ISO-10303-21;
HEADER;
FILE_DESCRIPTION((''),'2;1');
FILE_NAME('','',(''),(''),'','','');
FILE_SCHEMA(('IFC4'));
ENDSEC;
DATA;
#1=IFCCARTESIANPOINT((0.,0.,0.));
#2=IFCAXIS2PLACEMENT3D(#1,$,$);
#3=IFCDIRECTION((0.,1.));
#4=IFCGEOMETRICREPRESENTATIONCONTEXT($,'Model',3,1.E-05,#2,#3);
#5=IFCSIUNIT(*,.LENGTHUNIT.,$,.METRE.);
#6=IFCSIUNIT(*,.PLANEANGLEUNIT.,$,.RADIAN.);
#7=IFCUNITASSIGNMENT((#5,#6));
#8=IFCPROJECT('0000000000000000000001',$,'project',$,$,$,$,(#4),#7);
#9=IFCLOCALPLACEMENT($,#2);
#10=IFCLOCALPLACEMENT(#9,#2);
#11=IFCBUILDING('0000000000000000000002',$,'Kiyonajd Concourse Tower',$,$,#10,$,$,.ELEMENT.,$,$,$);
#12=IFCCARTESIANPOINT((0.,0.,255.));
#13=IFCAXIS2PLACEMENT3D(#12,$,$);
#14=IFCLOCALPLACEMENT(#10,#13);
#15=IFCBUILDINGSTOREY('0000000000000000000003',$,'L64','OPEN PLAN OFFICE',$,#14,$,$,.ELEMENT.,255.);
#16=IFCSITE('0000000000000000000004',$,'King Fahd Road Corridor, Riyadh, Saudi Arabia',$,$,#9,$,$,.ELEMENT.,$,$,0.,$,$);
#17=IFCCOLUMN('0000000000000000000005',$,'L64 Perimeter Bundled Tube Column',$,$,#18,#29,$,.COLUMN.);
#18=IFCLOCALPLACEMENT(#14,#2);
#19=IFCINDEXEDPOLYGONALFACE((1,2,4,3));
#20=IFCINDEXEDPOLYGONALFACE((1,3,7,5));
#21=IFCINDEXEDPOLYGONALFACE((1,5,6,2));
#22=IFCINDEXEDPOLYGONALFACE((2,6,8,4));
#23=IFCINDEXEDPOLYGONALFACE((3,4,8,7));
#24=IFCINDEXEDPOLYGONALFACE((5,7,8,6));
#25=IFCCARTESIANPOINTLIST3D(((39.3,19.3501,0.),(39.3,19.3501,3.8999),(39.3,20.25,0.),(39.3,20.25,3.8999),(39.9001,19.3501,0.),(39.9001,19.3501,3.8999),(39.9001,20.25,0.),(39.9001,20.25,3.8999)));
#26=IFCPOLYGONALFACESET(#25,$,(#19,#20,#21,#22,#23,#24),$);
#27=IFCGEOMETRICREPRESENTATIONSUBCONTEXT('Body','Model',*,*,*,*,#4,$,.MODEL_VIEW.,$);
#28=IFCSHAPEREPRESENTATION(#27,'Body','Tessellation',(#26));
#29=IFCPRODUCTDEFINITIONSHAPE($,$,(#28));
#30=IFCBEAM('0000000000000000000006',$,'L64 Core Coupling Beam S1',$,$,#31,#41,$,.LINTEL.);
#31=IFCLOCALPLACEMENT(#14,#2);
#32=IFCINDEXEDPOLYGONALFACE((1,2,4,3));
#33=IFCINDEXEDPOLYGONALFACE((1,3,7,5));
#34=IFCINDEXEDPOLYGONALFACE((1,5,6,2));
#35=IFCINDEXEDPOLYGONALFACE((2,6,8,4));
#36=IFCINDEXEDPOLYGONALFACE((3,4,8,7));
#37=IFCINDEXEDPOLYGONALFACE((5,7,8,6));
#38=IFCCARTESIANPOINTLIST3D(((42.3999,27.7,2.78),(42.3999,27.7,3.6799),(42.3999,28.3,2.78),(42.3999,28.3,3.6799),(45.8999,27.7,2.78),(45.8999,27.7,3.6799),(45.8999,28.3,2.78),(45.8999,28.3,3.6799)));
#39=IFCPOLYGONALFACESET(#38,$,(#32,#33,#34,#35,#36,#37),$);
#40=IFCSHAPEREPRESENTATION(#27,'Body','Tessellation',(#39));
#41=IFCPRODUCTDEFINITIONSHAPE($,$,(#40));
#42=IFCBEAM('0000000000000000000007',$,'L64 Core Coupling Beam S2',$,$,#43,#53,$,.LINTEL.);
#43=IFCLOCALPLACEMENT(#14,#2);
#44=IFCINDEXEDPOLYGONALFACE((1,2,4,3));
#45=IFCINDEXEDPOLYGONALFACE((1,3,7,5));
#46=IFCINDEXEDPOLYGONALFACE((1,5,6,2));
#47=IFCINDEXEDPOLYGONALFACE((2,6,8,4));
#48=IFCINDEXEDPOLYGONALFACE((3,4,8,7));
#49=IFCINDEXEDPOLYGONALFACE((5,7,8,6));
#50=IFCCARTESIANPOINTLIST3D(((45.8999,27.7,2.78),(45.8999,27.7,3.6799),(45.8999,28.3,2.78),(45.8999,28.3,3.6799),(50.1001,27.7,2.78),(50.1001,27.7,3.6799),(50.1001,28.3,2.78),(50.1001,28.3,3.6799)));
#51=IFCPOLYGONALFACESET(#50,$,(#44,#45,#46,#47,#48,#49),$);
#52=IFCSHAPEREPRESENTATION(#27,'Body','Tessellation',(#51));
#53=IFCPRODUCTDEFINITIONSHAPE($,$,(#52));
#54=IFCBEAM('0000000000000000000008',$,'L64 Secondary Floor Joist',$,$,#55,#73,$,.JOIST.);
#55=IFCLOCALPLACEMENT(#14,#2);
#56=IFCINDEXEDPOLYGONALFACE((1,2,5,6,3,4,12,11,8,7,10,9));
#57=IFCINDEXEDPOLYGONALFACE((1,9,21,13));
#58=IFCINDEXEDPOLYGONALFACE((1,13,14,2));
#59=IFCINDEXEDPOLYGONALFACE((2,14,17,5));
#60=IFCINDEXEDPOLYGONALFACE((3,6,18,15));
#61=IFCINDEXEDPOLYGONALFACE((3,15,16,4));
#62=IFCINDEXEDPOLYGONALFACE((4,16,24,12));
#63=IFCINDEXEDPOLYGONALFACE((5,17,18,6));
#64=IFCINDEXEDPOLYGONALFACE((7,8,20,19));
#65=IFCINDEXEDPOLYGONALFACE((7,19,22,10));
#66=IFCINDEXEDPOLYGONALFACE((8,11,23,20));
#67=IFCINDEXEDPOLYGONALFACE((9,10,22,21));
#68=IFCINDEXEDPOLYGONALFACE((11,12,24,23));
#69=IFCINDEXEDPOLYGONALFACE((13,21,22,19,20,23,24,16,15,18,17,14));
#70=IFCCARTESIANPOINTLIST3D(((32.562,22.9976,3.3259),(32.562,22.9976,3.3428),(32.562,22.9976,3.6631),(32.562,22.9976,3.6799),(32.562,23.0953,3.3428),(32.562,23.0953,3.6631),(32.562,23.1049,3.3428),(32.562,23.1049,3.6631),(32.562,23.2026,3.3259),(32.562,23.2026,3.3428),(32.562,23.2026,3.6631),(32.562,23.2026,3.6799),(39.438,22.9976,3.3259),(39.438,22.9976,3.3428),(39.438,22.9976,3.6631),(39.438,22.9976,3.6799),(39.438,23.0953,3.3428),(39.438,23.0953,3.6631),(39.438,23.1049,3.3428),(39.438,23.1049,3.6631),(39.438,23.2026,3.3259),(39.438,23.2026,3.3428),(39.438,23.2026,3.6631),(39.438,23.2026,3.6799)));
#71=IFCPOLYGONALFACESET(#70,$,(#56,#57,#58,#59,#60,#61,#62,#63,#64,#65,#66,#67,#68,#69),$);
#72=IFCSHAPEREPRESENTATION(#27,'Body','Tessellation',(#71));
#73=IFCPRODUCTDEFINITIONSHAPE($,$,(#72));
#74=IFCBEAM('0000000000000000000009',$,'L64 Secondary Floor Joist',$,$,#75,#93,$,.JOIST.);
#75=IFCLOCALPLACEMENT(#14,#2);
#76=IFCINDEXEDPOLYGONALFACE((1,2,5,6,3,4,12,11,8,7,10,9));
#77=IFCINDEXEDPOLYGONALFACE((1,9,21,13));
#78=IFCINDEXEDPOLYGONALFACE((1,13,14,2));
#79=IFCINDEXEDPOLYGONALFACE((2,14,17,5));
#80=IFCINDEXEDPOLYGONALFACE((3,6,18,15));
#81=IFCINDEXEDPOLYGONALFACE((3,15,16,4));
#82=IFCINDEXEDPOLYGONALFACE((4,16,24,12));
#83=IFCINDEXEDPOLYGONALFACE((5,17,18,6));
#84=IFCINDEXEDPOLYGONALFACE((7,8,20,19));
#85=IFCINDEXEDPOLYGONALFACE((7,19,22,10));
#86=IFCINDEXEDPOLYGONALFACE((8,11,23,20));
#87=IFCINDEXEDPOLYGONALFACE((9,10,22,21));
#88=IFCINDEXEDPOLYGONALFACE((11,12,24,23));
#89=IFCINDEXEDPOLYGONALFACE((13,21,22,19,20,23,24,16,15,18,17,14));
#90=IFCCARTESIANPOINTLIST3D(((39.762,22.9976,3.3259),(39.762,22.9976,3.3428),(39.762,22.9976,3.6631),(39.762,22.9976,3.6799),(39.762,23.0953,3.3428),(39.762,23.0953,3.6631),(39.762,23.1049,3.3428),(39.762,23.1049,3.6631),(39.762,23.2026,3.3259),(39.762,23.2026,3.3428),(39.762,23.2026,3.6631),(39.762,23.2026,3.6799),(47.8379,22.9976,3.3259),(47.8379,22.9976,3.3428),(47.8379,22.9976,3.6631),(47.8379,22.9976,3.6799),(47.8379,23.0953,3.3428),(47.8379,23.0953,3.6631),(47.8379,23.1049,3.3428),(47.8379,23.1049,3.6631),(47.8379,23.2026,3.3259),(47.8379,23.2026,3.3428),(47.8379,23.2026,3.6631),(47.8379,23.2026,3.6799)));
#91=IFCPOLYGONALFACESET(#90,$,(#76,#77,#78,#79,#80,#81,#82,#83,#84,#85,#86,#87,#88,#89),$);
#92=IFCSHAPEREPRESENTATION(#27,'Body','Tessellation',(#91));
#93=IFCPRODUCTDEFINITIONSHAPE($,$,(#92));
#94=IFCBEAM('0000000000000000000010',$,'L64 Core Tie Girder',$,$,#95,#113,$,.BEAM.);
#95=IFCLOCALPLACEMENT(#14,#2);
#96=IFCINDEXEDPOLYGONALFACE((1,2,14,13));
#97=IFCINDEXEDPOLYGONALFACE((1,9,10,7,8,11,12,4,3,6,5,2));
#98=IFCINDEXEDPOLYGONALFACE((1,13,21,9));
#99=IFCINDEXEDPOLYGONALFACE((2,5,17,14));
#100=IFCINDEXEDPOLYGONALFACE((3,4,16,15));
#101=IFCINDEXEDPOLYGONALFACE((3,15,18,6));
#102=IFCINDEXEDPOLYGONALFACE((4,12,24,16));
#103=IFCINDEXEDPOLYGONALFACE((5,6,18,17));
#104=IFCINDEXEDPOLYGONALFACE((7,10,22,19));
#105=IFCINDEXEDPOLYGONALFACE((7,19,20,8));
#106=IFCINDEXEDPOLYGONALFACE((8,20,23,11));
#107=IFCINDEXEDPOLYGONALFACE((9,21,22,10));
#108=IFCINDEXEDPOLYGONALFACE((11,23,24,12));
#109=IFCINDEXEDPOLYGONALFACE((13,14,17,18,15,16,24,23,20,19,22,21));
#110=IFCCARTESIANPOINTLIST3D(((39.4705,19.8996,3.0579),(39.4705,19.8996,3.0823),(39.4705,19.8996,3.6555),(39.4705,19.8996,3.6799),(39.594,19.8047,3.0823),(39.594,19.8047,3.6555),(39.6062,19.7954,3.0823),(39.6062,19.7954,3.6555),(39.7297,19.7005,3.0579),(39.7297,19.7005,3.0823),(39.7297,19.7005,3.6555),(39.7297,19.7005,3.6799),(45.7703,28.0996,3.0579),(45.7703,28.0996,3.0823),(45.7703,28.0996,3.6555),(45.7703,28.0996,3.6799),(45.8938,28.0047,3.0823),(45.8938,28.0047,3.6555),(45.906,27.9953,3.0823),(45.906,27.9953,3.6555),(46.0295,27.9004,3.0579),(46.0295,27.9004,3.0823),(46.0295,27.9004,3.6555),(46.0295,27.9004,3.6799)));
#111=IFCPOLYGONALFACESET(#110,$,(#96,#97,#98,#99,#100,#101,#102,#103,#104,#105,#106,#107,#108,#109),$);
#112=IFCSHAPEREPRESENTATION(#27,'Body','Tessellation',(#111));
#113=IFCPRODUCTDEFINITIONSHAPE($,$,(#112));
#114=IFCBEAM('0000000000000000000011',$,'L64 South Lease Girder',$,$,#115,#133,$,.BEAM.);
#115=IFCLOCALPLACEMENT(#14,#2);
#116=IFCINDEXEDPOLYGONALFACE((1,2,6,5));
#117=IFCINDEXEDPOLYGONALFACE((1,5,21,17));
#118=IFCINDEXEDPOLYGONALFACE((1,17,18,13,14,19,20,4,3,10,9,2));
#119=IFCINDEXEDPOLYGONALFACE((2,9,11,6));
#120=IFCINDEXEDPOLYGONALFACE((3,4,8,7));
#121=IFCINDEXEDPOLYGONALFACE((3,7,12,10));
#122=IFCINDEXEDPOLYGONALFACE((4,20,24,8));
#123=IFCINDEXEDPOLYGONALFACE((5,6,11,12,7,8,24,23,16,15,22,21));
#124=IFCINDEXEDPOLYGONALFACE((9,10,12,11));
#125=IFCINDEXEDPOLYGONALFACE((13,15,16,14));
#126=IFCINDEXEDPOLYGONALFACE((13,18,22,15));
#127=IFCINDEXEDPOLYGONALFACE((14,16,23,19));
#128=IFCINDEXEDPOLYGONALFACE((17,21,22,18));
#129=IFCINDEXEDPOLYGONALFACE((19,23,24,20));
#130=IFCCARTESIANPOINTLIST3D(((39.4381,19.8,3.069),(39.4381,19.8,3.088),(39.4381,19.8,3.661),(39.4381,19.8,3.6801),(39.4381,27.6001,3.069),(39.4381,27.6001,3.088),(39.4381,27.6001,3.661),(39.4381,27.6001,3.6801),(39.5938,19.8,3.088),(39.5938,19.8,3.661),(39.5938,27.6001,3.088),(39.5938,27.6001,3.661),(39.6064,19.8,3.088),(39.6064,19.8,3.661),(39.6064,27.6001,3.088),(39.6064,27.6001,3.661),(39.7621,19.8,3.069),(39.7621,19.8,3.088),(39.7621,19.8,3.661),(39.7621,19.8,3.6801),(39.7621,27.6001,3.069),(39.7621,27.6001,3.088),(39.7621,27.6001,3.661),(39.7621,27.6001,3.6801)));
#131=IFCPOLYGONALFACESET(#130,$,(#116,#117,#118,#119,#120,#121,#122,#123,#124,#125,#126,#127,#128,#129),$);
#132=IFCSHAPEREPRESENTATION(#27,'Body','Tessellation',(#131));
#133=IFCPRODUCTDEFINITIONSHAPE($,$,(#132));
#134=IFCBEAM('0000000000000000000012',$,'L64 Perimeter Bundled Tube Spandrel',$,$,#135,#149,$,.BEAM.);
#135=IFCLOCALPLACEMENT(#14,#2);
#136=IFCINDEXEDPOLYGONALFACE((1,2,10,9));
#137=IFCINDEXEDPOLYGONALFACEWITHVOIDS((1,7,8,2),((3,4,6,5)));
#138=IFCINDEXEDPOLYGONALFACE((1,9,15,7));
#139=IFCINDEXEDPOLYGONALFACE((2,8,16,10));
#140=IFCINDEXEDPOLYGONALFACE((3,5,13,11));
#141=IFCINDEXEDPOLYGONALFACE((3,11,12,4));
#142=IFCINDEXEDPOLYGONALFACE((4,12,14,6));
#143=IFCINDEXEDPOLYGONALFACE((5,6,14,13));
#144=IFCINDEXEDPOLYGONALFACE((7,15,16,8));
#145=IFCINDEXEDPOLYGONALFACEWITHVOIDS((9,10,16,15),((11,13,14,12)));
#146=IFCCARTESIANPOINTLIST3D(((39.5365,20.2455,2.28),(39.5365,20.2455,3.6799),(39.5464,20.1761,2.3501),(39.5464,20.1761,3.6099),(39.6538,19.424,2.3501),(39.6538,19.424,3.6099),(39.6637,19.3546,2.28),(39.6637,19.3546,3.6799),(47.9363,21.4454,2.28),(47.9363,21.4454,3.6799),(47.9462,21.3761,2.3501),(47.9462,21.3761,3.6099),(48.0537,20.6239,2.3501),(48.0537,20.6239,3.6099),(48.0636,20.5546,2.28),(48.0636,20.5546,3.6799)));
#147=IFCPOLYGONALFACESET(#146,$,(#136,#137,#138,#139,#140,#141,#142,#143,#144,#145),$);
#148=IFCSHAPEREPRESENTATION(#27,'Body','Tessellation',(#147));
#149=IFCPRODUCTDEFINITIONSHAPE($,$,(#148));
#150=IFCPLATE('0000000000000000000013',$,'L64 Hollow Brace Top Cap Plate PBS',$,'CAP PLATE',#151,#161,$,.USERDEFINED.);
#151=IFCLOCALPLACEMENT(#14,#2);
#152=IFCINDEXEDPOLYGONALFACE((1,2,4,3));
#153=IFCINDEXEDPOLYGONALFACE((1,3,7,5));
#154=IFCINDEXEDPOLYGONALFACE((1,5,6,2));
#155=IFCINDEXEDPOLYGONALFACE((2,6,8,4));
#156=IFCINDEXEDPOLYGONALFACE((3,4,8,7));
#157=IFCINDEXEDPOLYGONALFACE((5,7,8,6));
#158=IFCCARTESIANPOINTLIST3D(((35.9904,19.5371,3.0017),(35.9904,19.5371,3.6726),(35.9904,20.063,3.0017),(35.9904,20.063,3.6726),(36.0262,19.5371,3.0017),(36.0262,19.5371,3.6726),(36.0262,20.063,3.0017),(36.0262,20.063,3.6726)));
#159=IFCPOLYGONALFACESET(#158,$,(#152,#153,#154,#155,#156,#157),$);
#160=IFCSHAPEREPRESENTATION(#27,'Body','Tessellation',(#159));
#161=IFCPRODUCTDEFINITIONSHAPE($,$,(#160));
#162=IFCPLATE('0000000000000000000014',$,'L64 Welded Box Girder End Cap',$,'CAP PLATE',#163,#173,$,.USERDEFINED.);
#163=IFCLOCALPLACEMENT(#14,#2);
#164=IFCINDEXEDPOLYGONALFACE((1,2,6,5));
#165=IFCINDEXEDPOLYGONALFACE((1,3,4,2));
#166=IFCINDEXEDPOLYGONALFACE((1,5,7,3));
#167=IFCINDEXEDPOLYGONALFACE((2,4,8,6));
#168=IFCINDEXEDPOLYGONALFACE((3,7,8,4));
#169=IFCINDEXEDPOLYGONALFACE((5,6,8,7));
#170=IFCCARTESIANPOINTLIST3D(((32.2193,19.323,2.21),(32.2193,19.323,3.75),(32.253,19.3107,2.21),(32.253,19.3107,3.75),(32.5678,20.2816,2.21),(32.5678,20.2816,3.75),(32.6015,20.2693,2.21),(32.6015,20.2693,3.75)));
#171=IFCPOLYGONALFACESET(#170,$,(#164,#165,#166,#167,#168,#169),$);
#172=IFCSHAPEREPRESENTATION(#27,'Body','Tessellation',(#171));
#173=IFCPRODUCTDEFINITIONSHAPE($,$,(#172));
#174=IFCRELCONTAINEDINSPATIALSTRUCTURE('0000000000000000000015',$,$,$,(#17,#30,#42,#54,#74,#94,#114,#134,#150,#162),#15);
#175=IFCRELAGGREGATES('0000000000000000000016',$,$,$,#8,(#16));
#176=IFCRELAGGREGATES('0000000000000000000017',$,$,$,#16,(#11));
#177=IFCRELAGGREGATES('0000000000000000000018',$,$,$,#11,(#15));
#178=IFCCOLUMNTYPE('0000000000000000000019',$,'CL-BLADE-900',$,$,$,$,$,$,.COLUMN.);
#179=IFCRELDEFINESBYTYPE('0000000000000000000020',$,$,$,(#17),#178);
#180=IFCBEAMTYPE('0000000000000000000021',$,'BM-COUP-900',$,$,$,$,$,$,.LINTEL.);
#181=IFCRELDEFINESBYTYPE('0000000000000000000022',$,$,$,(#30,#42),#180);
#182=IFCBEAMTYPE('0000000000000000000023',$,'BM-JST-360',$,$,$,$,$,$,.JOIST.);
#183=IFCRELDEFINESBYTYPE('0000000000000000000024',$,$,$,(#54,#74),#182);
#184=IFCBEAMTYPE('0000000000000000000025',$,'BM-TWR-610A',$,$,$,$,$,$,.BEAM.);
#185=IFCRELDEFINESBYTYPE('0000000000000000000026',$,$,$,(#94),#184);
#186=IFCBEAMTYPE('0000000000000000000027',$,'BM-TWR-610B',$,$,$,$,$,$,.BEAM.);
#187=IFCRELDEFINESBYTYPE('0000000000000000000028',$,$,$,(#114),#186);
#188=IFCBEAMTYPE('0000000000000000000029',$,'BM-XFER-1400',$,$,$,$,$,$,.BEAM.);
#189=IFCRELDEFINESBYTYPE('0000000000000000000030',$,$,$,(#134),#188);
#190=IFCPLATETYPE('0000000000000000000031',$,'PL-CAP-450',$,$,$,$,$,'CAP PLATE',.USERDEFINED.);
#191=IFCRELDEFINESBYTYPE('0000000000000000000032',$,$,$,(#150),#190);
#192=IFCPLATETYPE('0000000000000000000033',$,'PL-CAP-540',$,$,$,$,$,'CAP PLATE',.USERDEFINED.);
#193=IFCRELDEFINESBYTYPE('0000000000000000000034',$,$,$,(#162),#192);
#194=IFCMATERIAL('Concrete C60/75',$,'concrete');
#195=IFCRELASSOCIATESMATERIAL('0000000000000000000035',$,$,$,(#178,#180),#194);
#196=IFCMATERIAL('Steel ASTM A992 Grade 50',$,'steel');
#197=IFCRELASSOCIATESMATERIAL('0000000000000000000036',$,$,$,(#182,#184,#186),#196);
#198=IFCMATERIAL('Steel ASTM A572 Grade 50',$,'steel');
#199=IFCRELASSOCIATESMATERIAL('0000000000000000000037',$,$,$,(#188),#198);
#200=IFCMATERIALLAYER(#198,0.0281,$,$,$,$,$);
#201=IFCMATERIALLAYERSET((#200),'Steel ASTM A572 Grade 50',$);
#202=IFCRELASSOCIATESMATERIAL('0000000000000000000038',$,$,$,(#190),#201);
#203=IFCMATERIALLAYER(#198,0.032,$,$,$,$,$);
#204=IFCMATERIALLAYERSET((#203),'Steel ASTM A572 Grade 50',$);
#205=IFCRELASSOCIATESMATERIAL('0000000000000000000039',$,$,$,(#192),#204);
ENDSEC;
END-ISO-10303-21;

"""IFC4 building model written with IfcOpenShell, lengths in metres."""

from ifc_helpers import new_model, si_unit, direction, frame, origin, origin_2d, place, context, subcontext, project, spatial, rectangle, hollow_rectangle, i_section, extrude, material, layer, layer_set, material_profile, profile_set, type_object, element, save


model = new_model("IFC4")

# Units and contexts
model_context = context("Model", 3, precision=1e-05, world=origin(), true_north=direction((0.0, 1.0)))
body_context = subcontext(model_context, "Body", "Model", "MODEL_VIEW")
ifc_project = project(units=[si_unit("LENGTHUNIT", "METRE"), si_unit("PLANEANGLEUNIT", "RADIAN")], contexts=[model_context])

# Site, building, storey
site_placement = place(None, origin())
site = spatial("IfcSite", under=ifc_project, at=site_placement, Name="King Fahd Road Corridor, Riyadh, Saudi Arabia", CompositionType="ELEMENT", RefElevation=0.0)
building_placement = place(site_placement, origin())
building = spatial("IfcBuilding", under=site, at=building_placement, Name="Kiyonajd Concourse Tower", CompositionType="ELEMENT")
storey_placement = place(building_placement, frame((0.0, 0.0, 255.0)))
storey = spatial("IfcBuildingStorey", under=building, at=storey_placement, Name="L64", Description="OPEN PLAN OFFICE", CompositionType="ELEMENT", Elevation=255.0)

# Column
ifc_material_1 = material(Name="Concrete C60/75", Category="concrete")
ifc_material_profile_1 = material_profile(ifc_material_1, rectangle(XDim=0.6001, YDim=0.8999, at=origin_2d()), Name="RC-900x600")
ifc_profile_set_1 = profile_set([ifc_material_profile_1], Name="Concrete C60/75")
column_type = type_object("IfcColumnType", Name="CL-BLADE-900", PredefinedType="COLUMN", material=ifc_profile_set_1)
column_placement = place(storey_placement, frame((39.6001, 19.8, 0.0), z_axis=(0.0, 0.0, 1.0), x_axis=(1.0, 0.0, 0.0)))
element("IfcColumn", 1, at=column_placement, inside=storey, type_object=column_type, Name="L64 Perimeter Bundled Tube Column", PredefinedType="COLUMN", context=body_context, shape_type="SweptSolid", body=[
    extrude(rectangle(XDim=0.6001, YDim=0.8999, at=origin_2d()), origin(), (0.0, 0.0, 1.0), 3.8999),
])

# Beams
ifc_material_profile_2 = material_profile(ifc_material_1, rectangle(XDim=0.6001, YDim=0.8999, at=origin_2d()), Name="RCBM-600x900")
ifc_profile_set_2 = profile_set([ifc_material_profile_2], Name="Concrete C60/75")
beam_type_1 = type_object("IfcBeamType", Name="BM-COUP-900", PredefinedType="LINTEL", material=ifc_profile_set_2)
beam_1_placement = place(storey_placement, frame((42.3999, 28.0, 3.23), z_axis=(1.0, 0.0, 0.0), x_axis=(0.0, 1.0, 0.0)))
element("IfcBeam", 2, at=beam_1_placement, inside=storey, type_object=beam_type_1, Name="L64 Core Coupling Beam S1", PredefinedType="LINTEL", context=body_context, shape_type="SweptSolid", body=[
    extrude(rectangle(XDim=0.6001, YDim=0.8999, at=origin_2d()), origin(), (0.0, 0.0, 1.0), 3.5),
])
beam_2_placement = place(storey_placement, frame((45.8999, 28.0, 3.23), z_axis=(1.0, 0.0, 0.0), x_axis=(0.0, 1.0, 0.0)))
element("IfcBeam", 3, at=beam_2_placement, inside=storey, type_object=beam_type_1, Name="L64 Core Coupling Beam S2", PredefinedType="LINTEL", context=body_context, shape_type="SweptSolid", body=[
    extrude(rectangle(XDim=0.6001, YDim=0.8999, at=origin_2d()), origin(), (0.0, 0.0, 1.0), 4.2002),
])
ifc_material_2 = material(Name="Steel ASTM A992 Grade 50", Category="steel")
ifc_material_profile_3 = material_profile(ifc_material_2, i_section(OverallWidth=0.2051, OverallDepth=0.354, WebThickness=0.0095, FlangeThickness=0.0168, at=origin_2d()), Name="W360X79")
ifc_profile_set_3 = profile_set([ifc_material_profile_3], Name="Steel ASTM A992 Grade 50")
beam_type_2 = type_object("IfcBeamType", Name="BM-JST-360", PredefinedType="JOIST", material=ifc_profile_set_3)
beam_3_placement = place(storey_placement, frame((32.562, 23.1001, 3.5029), z_axis=(1.0, 0.0, 0.0), x_axis=(0.0, 1.0, 0.0)))
element("IfcBeam", 4, at=beam_3_placement, inside=storey, type_object=beam_type_2, Name="L64 Secondary Floor Joist", PredefinedType="JOIST", context=body_context, shape_type="SweptSolid", body=[
    extrude(i_section(OverallWidth=0.2051, OverallDepth=0.354, WebThickness=0.0095, FlangeThickness=0.0168, at=origin_2d()), origin(), (0.0, 0.0, 1.0), 6.876),
])
beam_4_placement = place(storey_placement, frame((39.762, 23.1001, 3.5029), z_axis=(1.0, 0.0, 0.0), x_axis=(0.0, 1.0, 0.0)))
element("IfcBeam", 5, at=beam_4_placement, inside=storey, type_object=beam_type_2, Name="L64 Secondary Floor Joist", PredefinedType="JOIST", context=body_context, shape_type="SweptSolid", body=[
    extrude(i_section(OverallWidth=0.2051, OverallDepth=0.354, WebThickness=0.0095, FlangeThickness=0.0168, at=origin_2d()), origin(), (0.0, 0.0, 1.0), 8.0759),
])
ifc_material_profile_4 = material_profile(ifc_material_2, i_section(OverallWidth=0.3269, OverallDepth=0.6221, WebThickness=0.0154, FlangeThickness=0.0244, at=origin_2d()), Name="W610X195")
ifc_profile_set_4 = profile_set([ifc_material_profile_4], Name="Steel ASTM A992 Grade 50")
beam_type_3 = type_object("IfcBeamType", Name="BM-TWR-610A", PredefinedType="BEAM", material=ifc_profile_set_4)
beam_5_placement = place(storey_placement, frame((39.6001, 19.8, 3.3689), z_axis=(0.609234, 0.792991, 0.0), x_axis=(-0.792991, 0.609234, 0.0)))
element("IfcBeam", 6, at=beam_5_placement, inside=storey, type_object=beam_type_3, Name="L64 Core Tie Girder", PredefinedType="BEAM", context=body_context, shape_type="SweptSolid", body=[
    extrude(i_section(OverallWidth=0.3269, OverallDepth=0.6221, WebThickness=0.0154, FlangeThickness=0.0244, at=origin_2d()), origin(), (0.0, 0.0, 1.0), 10.3406),
])
ifc_material_profile_5 = material_profile(ifc_material_2, i_section(OverallWidth=0.324, OverallDepth=0.6111, WebThickness=0.0127, FlangeThickness=0.019, at=origin_2d()), Name="W610X155")
ifc_profile_set_5 = profile_set([ifc_material_profile_5], Name="Steel ASTM A992 Grade 50")
beam_type_4 = type_object("IfcBeamType", Name="BM-TWR-610B", PredefinedType="BEAM", material=ifc_profile_set_5)
beam_6_placement = place(storey_placement, frame((39.6001, 19.8, 3.3745), z_axis=(0.0, 1.0, 0.0), x_axis=(-1.0, 0.0, 0.0)))
element("IfcBeam", 7, at=beam_6_placement, inside=storey, type_object=beam_type_4, Name="L64 South Lease Girder", PredefinedType="BEAM", context=body_context, shape_type="SweptSolid", body=[
    extrude(i_section(OverallWidth=0.324, OverallDepth=0.6111, WebThickness=0.0127, FlangeThickness=0.019, at=origin_2d()), origin(), (0.0, 0.0, 1.0), 7.8),
])
ifc_material_3 = material(Name="Steel ASTM A572 Grade 50", Category="steel")
ifc_material_profile_6 = material_profile(ifc_material_3, hollow_rectangle(XDim=0.8999, YDim=1.3999, WallThickness=0.0701, at=origin_2d()), Name="BOX-1400x900x70")
ifc_profile_set_6 = profile_set([ifc_material_profile_6], Name="Steel ASTM A572 Grade 50")
beam_type_5 = type_object("IfcBeamType", Name="BM-XFER-1400", PredefinedType="BEAM", material=ifc_profile_set_6)
beam_7_placement = place(storey_placement, frame((39.6001, 19.8, 2.98), z_axis=(0.98995, 0.141417, 0.0), x_axis=(-0.141417, 0.98995, 0.0)))
element("IfcBeam", 8, at=beam_7_placement, inside=storey, type_object=beam_type_5, Name="L64 Perimeter Bundled Tube Spandrel", PredefinedType="BEAM", context=body_context, shape_type="SweptSolid", body=[
    extrude(hollow_rectangle(XDim=0.8999, YDim=1.3999, WallThickness=0.0701, at=origin_2d()), origin(), (0.0, 0.0, 1.0), 8.4851),
])

# Plates
ifc_layer_1 = layer(ifc_material_3, 0.0281)
ifc_layer_set_1 = layer_set([ifc_layer_1], Name="Steel ASTM A572 Grade 50")
plate_type_1 = type_object("IfcPlateType", Name="PL-CAP-450", ElementType="CAP PLATE", PredefinedType="USERDEFINED", material=ifc_layer_set_1)
plate_1_placement = place(storey_placement, frame((36.0083, 19.8, 3.0017), z_axis=(0.0, 0.0, 1.0), x_axis=(1.0, 0.0, 0.0)))
element("IfcPlate", 9, at=plate_1_placement, inside=storey, type_object=plate_type_1, Name="L64 Hollow Brace Top Cap Plate PBS", ObjectType="CAP PLATE", PredefinedType="USERDEFINED", context=body_context, shape_type="SweptSolid", body=[
    extrude(rectangle(XDim=0.0359, YDim=0.5259, at=origin_2d()), origin(), (0.0, 0.0, 1.0), 0.6709),
])
ifc_layer_2 = layer(ifc_material_3, 0.032)
ifc_layer_set_2 = layer_set([ifc_layer_2], Name="Steel ASTM A572 Grade 50")
plate_type_2 = type_object("IfcPlateType", Name="PL-CAP-540", ElementType="CAP PLATE", PredefinedType="USERDEFINED", material=ifc_layer_set_2)
for number, where, z_axis, x_axis, name in (
    (10, (32.4104, 19.7961, 2.21), (0.0, 0.0, 1.0), (0.939812, -0.341692, 0.0), "L64 Welded Box Girder End Cap"),
):
    element("IfcPlate", number, at=place(storey_placement, frame(where, z_axis=z_axis, x_axis=x_axis)), inside=storey, type_object=plate_type_2, Name=name, ObjectType="CAP PLATE", PredefinedType="USERDEFINED", context=body_context, shape_type="SweptSolid", body=[
        extrude(rectangle(XDim=0.0359, YDim=1.02, at=origin_2d()), origin(), (0.0, 0.0, 1.0), 1.54),
    ])

save(model, "model.ifc")
